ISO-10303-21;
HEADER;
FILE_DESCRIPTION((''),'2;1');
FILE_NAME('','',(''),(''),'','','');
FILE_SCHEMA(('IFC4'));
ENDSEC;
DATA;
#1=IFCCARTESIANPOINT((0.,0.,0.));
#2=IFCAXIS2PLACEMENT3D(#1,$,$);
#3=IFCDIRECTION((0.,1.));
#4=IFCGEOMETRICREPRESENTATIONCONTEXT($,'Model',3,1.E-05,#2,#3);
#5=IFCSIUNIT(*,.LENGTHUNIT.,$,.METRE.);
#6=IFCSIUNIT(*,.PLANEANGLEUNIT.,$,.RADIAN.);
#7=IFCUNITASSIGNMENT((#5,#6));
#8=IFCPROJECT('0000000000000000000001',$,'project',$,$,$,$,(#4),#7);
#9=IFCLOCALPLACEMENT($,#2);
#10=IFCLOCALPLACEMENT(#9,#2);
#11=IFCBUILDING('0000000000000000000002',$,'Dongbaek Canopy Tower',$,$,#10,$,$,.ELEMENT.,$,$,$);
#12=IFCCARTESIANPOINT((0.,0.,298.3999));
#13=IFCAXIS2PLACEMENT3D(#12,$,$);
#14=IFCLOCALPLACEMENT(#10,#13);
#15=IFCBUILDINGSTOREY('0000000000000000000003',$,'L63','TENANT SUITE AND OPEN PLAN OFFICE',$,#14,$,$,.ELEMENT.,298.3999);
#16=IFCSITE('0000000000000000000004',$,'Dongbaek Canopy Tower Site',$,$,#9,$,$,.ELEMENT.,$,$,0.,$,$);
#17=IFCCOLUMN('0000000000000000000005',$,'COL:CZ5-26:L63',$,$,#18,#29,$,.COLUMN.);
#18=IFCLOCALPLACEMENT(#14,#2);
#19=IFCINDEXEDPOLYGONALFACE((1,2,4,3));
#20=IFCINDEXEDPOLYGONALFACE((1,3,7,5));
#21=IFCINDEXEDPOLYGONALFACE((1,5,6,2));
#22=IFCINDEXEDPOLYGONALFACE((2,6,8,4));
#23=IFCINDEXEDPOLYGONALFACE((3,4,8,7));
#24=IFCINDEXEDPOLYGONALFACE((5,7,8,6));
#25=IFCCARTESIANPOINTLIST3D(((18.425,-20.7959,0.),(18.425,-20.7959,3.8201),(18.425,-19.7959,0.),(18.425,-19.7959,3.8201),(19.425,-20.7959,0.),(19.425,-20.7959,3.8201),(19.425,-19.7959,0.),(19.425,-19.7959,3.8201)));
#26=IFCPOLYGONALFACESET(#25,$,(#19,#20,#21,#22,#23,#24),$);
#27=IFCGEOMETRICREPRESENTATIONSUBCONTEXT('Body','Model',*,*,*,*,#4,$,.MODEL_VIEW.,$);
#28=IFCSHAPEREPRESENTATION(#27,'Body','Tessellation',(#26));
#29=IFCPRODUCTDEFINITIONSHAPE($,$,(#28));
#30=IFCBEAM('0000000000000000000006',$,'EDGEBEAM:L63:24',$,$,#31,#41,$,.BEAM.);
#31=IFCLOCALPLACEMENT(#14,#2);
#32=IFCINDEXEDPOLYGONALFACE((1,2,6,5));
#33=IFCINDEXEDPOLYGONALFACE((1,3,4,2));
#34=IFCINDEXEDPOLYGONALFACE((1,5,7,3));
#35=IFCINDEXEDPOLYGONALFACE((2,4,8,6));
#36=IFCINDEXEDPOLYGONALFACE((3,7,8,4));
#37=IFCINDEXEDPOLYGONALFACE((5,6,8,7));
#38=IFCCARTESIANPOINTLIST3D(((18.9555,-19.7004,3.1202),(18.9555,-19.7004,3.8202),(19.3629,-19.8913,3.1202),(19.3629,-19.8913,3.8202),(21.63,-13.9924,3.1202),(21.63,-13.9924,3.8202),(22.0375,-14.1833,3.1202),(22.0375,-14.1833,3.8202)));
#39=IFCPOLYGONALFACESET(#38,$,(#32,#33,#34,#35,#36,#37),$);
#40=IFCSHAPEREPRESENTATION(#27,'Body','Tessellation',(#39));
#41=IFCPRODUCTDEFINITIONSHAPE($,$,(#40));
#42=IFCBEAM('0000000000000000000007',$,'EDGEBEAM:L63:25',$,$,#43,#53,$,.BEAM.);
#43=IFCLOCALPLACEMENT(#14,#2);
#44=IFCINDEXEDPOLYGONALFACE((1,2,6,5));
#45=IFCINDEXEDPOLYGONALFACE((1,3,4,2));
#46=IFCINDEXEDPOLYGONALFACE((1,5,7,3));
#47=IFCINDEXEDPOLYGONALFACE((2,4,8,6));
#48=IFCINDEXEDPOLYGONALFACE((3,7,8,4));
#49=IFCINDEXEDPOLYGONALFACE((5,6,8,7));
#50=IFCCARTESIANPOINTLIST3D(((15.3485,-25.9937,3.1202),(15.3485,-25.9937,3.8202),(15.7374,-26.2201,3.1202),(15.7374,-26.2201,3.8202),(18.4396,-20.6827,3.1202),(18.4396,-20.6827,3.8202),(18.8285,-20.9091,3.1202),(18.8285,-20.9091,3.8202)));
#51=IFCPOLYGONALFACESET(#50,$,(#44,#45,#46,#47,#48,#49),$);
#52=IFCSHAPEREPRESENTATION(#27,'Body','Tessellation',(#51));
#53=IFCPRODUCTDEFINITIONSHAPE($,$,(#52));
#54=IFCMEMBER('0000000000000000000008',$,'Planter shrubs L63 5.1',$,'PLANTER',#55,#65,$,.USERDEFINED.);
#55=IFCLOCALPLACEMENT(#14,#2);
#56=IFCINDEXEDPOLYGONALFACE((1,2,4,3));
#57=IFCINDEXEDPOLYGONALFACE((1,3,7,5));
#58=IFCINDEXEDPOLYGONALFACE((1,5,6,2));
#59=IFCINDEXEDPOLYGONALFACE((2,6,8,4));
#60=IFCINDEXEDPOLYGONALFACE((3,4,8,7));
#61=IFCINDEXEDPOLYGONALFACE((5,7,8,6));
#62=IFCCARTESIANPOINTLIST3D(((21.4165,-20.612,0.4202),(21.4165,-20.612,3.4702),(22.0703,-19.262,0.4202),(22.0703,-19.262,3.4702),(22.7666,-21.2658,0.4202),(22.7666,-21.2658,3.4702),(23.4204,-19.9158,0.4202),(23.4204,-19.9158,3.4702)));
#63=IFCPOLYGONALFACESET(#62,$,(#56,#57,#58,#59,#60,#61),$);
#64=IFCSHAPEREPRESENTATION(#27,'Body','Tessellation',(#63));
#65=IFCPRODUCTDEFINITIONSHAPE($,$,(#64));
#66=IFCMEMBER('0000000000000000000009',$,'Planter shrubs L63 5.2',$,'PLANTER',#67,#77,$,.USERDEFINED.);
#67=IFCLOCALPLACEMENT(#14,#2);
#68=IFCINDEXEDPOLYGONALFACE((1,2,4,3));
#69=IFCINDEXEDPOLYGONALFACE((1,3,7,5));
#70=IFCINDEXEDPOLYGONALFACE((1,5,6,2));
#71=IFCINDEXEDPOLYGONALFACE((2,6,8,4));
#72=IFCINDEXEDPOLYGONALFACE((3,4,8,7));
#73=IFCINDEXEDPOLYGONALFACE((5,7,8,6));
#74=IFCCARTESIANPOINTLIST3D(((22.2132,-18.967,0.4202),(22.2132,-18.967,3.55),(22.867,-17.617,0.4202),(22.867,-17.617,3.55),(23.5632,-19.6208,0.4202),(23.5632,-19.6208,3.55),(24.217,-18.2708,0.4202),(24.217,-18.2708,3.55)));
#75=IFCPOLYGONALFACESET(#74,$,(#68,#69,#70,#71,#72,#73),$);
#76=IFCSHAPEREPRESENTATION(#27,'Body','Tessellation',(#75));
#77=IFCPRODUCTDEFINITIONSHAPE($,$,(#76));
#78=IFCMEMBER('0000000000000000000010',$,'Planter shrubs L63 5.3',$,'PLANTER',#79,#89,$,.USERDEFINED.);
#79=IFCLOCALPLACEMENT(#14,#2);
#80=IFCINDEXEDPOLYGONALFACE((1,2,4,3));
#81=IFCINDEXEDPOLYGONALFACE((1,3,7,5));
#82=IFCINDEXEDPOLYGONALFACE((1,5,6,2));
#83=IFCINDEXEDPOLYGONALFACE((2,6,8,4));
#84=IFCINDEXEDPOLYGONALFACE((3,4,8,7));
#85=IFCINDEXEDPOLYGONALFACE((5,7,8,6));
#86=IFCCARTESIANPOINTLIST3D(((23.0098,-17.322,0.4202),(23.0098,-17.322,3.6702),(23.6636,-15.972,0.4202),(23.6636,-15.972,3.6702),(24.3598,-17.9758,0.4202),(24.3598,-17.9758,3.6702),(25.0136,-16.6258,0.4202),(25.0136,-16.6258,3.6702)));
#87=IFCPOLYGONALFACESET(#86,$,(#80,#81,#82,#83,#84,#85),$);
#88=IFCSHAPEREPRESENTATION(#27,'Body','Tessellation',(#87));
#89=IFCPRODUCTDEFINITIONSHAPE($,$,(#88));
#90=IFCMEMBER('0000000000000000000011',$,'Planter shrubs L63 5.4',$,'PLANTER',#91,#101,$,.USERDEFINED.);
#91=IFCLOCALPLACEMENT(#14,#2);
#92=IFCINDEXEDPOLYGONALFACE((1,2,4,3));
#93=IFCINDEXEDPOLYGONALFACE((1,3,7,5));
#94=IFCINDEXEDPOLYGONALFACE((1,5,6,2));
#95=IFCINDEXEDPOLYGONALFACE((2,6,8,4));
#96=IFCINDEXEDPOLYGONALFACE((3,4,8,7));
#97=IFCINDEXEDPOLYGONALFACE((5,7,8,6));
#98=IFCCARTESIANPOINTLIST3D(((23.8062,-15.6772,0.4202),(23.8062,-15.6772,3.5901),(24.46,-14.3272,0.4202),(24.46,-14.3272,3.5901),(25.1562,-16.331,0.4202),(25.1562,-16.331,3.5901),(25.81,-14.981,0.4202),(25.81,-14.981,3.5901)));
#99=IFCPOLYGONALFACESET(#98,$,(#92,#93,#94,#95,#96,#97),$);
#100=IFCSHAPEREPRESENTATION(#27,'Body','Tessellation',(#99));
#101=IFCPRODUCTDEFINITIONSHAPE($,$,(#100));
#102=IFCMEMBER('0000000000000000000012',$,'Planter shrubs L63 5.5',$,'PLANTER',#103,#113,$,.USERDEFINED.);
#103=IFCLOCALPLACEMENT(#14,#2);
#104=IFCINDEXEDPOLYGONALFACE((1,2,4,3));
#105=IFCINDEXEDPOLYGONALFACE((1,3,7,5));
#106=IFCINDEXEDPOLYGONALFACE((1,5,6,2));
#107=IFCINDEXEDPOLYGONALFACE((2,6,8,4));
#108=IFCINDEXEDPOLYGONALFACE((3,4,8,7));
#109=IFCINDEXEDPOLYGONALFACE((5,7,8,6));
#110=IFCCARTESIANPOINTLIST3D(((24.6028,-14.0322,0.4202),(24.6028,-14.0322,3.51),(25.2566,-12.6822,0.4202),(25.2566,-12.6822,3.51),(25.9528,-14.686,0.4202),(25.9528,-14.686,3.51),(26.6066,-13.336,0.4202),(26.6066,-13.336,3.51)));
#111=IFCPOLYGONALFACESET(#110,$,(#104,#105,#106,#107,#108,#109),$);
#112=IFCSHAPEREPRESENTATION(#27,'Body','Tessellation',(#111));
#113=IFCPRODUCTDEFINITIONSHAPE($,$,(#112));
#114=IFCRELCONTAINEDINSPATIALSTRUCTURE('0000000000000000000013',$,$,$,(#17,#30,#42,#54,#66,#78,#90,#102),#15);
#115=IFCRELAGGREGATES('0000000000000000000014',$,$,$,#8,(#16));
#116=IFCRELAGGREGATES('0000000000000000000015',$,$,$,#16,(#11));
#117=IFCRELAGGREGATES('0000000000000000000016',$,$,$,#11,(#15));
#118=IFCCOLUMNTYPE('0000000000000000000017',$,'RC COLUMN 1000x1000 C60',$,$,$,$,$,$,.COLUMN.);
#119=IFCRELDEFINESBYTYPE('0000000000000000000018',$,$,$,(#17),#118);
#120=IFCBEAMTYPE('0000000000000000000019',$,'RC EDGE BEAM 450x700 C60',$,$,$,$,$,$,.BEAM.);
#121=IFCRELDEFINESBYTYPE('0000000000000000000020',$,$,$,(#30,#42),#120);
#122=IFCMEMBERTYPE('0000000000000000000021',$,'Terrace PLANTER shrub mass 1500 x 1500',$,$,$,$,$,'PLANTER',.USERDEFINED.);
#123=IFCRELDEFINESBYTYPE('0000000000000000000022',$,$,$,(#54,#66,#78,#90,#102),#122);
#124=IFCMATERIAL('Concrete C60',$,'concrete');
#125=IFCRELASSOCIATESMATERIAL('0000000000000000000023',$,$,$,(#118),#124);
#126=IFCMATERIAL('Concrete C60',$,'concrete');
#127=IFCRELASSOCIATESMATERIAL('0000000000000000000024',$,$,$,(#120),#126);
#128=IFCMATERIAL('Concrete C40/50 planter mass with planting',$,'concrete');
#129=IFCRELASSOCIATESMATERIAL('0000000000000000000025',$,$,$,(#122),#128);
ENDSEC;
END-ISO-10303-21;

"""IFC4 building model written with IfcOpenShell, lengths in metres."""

from ifc_helpers import new_model, si_unit, direction, frame, origin, origin_2d, place, context, subcontext, project, spatial, rectangle, extrude, material, material_profile, profile_set, type_object, element, save


model = new_model("IFC4")

# Units and contexts
model_context = context("Model", 3, precision=1e-05, world=origin(), true_north=direction((0.0, 1.0)))
body_context = subcontext(model_context, "Body", "Model", "MODEL_VIEW")
ifc_project = project(units=[si_unit("LENGTHUNIT", "METRE"), si_unit("PLANEANGLEUNIT", "RADIAN")], contexts=[model_context])

# Site, building, storey
site_placement = place(None, origin())
site = spatial("IfcSite", under=ifc_project, at=site_placement, Name="Dongbaek Canopy Tower Site", CompositionType="ELEMENT", RefElevation=0.0)
building_placement = place(site_placement, origin())
building = spatial("IfcBuilding", under=site, at=building_placement, Name="Dongbaek Canopy Tower", CompositionType="ELEMENT")
storey_placement = place(building_placement, frame((0.0, 0.0, 298.3999)))
storey = spatial("IfcBuildingStorey", under=building, at=storey_placement, Name="L63", Description="TENANT SUITE AND OPEN PLAN OFFICE", CompositionType="ELEMENT", Elevation=298.3999)

# Column
ifc_material_1 = material(Name="Concrete C60", Category="concrete")
ifc_material_profile_1 = material_profile(ifc_material_1, rectangle(XDim=1.0, YDim=1.0, at=origin_2d()), Name="RC COLUMN 1000x1000 C60")
ifc_profile_set_1 = profile_set([ifc_material_profile_1], Name="Concrete C60")
column_type = type_object("IfcColumnType", Name="RC COLUMN 1000x1000 C60", PredefinedType="COLUMN", material=ifc_profile_set_1)
column_placement = place(storey_placement, frame((18.925, -20.2959, 0.0), z_axis=(0.0, 0.0, 1.0), x_axis=(1.0, 0.0, 0.0)))
element("IfcColumn", 1, at=column_placement, inside=storey, type_object=column_type, Name="COL:CZ5-26:L63", PredefinedType="COLUMN", context=body_context, shape_type="SweptSolid", body=[
    extrude(rectangle(XDim=1.0, YDim=1.0, at=origin_2d()), origin(), (0.0, 0.0, 1.0), 3.8201),
])

# Beams
ifc_material_2 = material(Name="Concrete C60", Category="concrete")
ifc_material_profile_2 = material_profile(ifc_material_2, rectangle(XDim=0.45, YDim=0.7, at=origin_2d()), Name="RC EDGE BEAM 450x700 C60")
ifc_profile_set_2 = profile_set([ifc_material_profile_2], Name="Concrete C60")
beam_type = type_object("IfcBeamType", Name="RC EDGE BEAM 450x700 C60", PredefinedType="BEAM", material=ifc_profile_set_2)
beam_1_placement = place(storey_placement, frame((21.8337, -14.0879, 3.4702), z_axis=(-0.424295, -0.905524, 0.0), x_axis=(0.905524, -0.424295, 0.0)))
element("IfcBeam", 2, at=beam_1_placement, inside=storey, type_object=beam_type, Name="EDGEBEAM:L63:24", PredefinedType="BEAM", context=body_context, shape_type="SweptSolid", body=[
    extrude(rectangle(XDim=0.45, YDim=0.7, at=origin_2d()), origin(), (0.0, 0.0, 1.0), 6.3035),
])
beam_2_placement = place(storey_placement, frame((18.634, -20.7959, 3.4702), z_axis=(-0.503016, -0.864277, 0.0), x_axis=(0.864277, -0.503016, 0.0)))
element("IfcBeam", 3, at=beam_2_placement, inside=storey, type_object=beam_type, Name="EDGEBEAM:L63:25", PredefinedType="BEAM", context=body_context, shape_type="SweptSolid", body=[
    extrude(rectangle(XDim=0.45, YDim=0.7, at=origin_2d()), origin(), (0.0, 0.0, 1.0), 6.145),
])

# Members
ifc_material_3 = material(Name="Concrete C40/50 planter mass with planting", Category="concrete")
ifc_material_profile_3 = material_profile(ifc_material_3, rectangle(XDim=1.5, YDim=1.5, at=origin_2d()), Name="Terrace PLANTER shrub mass 1500 x 1500")
ifc_profile_set_3 = profile_set([ifc_material_profile_3], Name="Concrete C40/50 planter mass with planting")
member_type = type_object("IfcMemberType", Name="Terrace PLANTER shrub mass 1500 x 1500", ElementType="PLANTER", PredefinedType="USERDEFINED", material=ifc_profile_set_3)
member_1_placement = place(storey_placement, frame((22.4185, -20.2639, 0.4202), z_axis=(0.0, 0.0, 1.0), x_axis=(0.900013, -0.435863, 0.0)))
element("IfcMember", 4, at=member_1_placement, inside=storey, type_object=member_type, Name="Planter shrubs L63 5.1", ObjectType="PLANTER", PredefinedType="USERDEFINED", context=body_context, shape_type="SweptSolid", body=[
    extrude(rectangle(XDim=1.5, YDim=1.5, at=origin_2d()), origin(), (0.0, 0.0, 1.0), 3.05),
])
member_2_placement = place(storey_placement, frame((23.2151, -18.6189, 0.4202), z_axis=(0.0, 0.0, 1.0), x_axis=(0.900013, -0.435863, 0.0)))
element("IfcMember", 5, at=member_2_placement, inside=storey, type_object=member_type, Name="Planter shrubs L63 5.2", ObjectType="PLANTER", PredefinedType="USERDEFINED", context=body_context, shape_type="SweptSolid", body=[
    extrude(rectangle(XDim=1.5, YDim=1.5, at=origin_2d()), origin(), (0.0, 0.0, 1.0), 3.1299),
])
member_3_placement = place(storey_placement, frame((24.0117, -16.9739, 0.4202), z_axis=(0.0, 0.0, 1.0), x_axis=(0.900013, -0.435863, 0.0)))
element("IfcMember", 6, at=member_3_placement, inside=storey, type_object=member_type, Name="Planter shrubs L63 5.3", ObjectType="PLANTER", PredefinedType="USERDEFINED", context=body_context, shape_type="SweptSolid", body=[
    extrude(rectangle(XDim=1.5, YDim=1.5, at=origin_2d()), origin(), (0.0, 0.0, 1.0), 3.25),
])
member_4_placement = place(storey_placement, frame((24.8081, -15.3291, 0.4202), z_axis=(0.0, 0.0, 1.0), x_axis=(0.900013, -0.435863, 0.0)))
element("IfcMember", 7, at=member_4_placement, inside=storey, type_object=member_type, Name="Planter shrubs L63 5.4", ObjectType="PLANTER", PredefinedType="USERDEFINED", context=body_context, shape_type="SweptSolid", body=[
    extrude(rectangle(XDim=1.5, YDim=1.5, at=origin_2d()), origin(), (0.0, 0.0, 1.0), 3.1699),
])
member_5_placement = place(storey_placement, frame((25.6047, -13.6841, 0.4202), z_axis=(0.0, 0.0, 1.0), x_axis=(0.900013, -0.435863, 0.0)))
element("IfcMember", 8, at=member_5_placement, inside=storey, type_object=member_type, Name="Planter shrubs L63 5.5", ObjectType="PLANTER", PredefinedType="USERDEFINED", context=body_context, shape_type="SweptSolid", body=[
    extrude(rectangle(XDim=1.5, YDim=1.5, at=origin_2d()), origin(), (0.0, 0.0, 1.0), 3.0898),
])

save(model, "model.ifc")
